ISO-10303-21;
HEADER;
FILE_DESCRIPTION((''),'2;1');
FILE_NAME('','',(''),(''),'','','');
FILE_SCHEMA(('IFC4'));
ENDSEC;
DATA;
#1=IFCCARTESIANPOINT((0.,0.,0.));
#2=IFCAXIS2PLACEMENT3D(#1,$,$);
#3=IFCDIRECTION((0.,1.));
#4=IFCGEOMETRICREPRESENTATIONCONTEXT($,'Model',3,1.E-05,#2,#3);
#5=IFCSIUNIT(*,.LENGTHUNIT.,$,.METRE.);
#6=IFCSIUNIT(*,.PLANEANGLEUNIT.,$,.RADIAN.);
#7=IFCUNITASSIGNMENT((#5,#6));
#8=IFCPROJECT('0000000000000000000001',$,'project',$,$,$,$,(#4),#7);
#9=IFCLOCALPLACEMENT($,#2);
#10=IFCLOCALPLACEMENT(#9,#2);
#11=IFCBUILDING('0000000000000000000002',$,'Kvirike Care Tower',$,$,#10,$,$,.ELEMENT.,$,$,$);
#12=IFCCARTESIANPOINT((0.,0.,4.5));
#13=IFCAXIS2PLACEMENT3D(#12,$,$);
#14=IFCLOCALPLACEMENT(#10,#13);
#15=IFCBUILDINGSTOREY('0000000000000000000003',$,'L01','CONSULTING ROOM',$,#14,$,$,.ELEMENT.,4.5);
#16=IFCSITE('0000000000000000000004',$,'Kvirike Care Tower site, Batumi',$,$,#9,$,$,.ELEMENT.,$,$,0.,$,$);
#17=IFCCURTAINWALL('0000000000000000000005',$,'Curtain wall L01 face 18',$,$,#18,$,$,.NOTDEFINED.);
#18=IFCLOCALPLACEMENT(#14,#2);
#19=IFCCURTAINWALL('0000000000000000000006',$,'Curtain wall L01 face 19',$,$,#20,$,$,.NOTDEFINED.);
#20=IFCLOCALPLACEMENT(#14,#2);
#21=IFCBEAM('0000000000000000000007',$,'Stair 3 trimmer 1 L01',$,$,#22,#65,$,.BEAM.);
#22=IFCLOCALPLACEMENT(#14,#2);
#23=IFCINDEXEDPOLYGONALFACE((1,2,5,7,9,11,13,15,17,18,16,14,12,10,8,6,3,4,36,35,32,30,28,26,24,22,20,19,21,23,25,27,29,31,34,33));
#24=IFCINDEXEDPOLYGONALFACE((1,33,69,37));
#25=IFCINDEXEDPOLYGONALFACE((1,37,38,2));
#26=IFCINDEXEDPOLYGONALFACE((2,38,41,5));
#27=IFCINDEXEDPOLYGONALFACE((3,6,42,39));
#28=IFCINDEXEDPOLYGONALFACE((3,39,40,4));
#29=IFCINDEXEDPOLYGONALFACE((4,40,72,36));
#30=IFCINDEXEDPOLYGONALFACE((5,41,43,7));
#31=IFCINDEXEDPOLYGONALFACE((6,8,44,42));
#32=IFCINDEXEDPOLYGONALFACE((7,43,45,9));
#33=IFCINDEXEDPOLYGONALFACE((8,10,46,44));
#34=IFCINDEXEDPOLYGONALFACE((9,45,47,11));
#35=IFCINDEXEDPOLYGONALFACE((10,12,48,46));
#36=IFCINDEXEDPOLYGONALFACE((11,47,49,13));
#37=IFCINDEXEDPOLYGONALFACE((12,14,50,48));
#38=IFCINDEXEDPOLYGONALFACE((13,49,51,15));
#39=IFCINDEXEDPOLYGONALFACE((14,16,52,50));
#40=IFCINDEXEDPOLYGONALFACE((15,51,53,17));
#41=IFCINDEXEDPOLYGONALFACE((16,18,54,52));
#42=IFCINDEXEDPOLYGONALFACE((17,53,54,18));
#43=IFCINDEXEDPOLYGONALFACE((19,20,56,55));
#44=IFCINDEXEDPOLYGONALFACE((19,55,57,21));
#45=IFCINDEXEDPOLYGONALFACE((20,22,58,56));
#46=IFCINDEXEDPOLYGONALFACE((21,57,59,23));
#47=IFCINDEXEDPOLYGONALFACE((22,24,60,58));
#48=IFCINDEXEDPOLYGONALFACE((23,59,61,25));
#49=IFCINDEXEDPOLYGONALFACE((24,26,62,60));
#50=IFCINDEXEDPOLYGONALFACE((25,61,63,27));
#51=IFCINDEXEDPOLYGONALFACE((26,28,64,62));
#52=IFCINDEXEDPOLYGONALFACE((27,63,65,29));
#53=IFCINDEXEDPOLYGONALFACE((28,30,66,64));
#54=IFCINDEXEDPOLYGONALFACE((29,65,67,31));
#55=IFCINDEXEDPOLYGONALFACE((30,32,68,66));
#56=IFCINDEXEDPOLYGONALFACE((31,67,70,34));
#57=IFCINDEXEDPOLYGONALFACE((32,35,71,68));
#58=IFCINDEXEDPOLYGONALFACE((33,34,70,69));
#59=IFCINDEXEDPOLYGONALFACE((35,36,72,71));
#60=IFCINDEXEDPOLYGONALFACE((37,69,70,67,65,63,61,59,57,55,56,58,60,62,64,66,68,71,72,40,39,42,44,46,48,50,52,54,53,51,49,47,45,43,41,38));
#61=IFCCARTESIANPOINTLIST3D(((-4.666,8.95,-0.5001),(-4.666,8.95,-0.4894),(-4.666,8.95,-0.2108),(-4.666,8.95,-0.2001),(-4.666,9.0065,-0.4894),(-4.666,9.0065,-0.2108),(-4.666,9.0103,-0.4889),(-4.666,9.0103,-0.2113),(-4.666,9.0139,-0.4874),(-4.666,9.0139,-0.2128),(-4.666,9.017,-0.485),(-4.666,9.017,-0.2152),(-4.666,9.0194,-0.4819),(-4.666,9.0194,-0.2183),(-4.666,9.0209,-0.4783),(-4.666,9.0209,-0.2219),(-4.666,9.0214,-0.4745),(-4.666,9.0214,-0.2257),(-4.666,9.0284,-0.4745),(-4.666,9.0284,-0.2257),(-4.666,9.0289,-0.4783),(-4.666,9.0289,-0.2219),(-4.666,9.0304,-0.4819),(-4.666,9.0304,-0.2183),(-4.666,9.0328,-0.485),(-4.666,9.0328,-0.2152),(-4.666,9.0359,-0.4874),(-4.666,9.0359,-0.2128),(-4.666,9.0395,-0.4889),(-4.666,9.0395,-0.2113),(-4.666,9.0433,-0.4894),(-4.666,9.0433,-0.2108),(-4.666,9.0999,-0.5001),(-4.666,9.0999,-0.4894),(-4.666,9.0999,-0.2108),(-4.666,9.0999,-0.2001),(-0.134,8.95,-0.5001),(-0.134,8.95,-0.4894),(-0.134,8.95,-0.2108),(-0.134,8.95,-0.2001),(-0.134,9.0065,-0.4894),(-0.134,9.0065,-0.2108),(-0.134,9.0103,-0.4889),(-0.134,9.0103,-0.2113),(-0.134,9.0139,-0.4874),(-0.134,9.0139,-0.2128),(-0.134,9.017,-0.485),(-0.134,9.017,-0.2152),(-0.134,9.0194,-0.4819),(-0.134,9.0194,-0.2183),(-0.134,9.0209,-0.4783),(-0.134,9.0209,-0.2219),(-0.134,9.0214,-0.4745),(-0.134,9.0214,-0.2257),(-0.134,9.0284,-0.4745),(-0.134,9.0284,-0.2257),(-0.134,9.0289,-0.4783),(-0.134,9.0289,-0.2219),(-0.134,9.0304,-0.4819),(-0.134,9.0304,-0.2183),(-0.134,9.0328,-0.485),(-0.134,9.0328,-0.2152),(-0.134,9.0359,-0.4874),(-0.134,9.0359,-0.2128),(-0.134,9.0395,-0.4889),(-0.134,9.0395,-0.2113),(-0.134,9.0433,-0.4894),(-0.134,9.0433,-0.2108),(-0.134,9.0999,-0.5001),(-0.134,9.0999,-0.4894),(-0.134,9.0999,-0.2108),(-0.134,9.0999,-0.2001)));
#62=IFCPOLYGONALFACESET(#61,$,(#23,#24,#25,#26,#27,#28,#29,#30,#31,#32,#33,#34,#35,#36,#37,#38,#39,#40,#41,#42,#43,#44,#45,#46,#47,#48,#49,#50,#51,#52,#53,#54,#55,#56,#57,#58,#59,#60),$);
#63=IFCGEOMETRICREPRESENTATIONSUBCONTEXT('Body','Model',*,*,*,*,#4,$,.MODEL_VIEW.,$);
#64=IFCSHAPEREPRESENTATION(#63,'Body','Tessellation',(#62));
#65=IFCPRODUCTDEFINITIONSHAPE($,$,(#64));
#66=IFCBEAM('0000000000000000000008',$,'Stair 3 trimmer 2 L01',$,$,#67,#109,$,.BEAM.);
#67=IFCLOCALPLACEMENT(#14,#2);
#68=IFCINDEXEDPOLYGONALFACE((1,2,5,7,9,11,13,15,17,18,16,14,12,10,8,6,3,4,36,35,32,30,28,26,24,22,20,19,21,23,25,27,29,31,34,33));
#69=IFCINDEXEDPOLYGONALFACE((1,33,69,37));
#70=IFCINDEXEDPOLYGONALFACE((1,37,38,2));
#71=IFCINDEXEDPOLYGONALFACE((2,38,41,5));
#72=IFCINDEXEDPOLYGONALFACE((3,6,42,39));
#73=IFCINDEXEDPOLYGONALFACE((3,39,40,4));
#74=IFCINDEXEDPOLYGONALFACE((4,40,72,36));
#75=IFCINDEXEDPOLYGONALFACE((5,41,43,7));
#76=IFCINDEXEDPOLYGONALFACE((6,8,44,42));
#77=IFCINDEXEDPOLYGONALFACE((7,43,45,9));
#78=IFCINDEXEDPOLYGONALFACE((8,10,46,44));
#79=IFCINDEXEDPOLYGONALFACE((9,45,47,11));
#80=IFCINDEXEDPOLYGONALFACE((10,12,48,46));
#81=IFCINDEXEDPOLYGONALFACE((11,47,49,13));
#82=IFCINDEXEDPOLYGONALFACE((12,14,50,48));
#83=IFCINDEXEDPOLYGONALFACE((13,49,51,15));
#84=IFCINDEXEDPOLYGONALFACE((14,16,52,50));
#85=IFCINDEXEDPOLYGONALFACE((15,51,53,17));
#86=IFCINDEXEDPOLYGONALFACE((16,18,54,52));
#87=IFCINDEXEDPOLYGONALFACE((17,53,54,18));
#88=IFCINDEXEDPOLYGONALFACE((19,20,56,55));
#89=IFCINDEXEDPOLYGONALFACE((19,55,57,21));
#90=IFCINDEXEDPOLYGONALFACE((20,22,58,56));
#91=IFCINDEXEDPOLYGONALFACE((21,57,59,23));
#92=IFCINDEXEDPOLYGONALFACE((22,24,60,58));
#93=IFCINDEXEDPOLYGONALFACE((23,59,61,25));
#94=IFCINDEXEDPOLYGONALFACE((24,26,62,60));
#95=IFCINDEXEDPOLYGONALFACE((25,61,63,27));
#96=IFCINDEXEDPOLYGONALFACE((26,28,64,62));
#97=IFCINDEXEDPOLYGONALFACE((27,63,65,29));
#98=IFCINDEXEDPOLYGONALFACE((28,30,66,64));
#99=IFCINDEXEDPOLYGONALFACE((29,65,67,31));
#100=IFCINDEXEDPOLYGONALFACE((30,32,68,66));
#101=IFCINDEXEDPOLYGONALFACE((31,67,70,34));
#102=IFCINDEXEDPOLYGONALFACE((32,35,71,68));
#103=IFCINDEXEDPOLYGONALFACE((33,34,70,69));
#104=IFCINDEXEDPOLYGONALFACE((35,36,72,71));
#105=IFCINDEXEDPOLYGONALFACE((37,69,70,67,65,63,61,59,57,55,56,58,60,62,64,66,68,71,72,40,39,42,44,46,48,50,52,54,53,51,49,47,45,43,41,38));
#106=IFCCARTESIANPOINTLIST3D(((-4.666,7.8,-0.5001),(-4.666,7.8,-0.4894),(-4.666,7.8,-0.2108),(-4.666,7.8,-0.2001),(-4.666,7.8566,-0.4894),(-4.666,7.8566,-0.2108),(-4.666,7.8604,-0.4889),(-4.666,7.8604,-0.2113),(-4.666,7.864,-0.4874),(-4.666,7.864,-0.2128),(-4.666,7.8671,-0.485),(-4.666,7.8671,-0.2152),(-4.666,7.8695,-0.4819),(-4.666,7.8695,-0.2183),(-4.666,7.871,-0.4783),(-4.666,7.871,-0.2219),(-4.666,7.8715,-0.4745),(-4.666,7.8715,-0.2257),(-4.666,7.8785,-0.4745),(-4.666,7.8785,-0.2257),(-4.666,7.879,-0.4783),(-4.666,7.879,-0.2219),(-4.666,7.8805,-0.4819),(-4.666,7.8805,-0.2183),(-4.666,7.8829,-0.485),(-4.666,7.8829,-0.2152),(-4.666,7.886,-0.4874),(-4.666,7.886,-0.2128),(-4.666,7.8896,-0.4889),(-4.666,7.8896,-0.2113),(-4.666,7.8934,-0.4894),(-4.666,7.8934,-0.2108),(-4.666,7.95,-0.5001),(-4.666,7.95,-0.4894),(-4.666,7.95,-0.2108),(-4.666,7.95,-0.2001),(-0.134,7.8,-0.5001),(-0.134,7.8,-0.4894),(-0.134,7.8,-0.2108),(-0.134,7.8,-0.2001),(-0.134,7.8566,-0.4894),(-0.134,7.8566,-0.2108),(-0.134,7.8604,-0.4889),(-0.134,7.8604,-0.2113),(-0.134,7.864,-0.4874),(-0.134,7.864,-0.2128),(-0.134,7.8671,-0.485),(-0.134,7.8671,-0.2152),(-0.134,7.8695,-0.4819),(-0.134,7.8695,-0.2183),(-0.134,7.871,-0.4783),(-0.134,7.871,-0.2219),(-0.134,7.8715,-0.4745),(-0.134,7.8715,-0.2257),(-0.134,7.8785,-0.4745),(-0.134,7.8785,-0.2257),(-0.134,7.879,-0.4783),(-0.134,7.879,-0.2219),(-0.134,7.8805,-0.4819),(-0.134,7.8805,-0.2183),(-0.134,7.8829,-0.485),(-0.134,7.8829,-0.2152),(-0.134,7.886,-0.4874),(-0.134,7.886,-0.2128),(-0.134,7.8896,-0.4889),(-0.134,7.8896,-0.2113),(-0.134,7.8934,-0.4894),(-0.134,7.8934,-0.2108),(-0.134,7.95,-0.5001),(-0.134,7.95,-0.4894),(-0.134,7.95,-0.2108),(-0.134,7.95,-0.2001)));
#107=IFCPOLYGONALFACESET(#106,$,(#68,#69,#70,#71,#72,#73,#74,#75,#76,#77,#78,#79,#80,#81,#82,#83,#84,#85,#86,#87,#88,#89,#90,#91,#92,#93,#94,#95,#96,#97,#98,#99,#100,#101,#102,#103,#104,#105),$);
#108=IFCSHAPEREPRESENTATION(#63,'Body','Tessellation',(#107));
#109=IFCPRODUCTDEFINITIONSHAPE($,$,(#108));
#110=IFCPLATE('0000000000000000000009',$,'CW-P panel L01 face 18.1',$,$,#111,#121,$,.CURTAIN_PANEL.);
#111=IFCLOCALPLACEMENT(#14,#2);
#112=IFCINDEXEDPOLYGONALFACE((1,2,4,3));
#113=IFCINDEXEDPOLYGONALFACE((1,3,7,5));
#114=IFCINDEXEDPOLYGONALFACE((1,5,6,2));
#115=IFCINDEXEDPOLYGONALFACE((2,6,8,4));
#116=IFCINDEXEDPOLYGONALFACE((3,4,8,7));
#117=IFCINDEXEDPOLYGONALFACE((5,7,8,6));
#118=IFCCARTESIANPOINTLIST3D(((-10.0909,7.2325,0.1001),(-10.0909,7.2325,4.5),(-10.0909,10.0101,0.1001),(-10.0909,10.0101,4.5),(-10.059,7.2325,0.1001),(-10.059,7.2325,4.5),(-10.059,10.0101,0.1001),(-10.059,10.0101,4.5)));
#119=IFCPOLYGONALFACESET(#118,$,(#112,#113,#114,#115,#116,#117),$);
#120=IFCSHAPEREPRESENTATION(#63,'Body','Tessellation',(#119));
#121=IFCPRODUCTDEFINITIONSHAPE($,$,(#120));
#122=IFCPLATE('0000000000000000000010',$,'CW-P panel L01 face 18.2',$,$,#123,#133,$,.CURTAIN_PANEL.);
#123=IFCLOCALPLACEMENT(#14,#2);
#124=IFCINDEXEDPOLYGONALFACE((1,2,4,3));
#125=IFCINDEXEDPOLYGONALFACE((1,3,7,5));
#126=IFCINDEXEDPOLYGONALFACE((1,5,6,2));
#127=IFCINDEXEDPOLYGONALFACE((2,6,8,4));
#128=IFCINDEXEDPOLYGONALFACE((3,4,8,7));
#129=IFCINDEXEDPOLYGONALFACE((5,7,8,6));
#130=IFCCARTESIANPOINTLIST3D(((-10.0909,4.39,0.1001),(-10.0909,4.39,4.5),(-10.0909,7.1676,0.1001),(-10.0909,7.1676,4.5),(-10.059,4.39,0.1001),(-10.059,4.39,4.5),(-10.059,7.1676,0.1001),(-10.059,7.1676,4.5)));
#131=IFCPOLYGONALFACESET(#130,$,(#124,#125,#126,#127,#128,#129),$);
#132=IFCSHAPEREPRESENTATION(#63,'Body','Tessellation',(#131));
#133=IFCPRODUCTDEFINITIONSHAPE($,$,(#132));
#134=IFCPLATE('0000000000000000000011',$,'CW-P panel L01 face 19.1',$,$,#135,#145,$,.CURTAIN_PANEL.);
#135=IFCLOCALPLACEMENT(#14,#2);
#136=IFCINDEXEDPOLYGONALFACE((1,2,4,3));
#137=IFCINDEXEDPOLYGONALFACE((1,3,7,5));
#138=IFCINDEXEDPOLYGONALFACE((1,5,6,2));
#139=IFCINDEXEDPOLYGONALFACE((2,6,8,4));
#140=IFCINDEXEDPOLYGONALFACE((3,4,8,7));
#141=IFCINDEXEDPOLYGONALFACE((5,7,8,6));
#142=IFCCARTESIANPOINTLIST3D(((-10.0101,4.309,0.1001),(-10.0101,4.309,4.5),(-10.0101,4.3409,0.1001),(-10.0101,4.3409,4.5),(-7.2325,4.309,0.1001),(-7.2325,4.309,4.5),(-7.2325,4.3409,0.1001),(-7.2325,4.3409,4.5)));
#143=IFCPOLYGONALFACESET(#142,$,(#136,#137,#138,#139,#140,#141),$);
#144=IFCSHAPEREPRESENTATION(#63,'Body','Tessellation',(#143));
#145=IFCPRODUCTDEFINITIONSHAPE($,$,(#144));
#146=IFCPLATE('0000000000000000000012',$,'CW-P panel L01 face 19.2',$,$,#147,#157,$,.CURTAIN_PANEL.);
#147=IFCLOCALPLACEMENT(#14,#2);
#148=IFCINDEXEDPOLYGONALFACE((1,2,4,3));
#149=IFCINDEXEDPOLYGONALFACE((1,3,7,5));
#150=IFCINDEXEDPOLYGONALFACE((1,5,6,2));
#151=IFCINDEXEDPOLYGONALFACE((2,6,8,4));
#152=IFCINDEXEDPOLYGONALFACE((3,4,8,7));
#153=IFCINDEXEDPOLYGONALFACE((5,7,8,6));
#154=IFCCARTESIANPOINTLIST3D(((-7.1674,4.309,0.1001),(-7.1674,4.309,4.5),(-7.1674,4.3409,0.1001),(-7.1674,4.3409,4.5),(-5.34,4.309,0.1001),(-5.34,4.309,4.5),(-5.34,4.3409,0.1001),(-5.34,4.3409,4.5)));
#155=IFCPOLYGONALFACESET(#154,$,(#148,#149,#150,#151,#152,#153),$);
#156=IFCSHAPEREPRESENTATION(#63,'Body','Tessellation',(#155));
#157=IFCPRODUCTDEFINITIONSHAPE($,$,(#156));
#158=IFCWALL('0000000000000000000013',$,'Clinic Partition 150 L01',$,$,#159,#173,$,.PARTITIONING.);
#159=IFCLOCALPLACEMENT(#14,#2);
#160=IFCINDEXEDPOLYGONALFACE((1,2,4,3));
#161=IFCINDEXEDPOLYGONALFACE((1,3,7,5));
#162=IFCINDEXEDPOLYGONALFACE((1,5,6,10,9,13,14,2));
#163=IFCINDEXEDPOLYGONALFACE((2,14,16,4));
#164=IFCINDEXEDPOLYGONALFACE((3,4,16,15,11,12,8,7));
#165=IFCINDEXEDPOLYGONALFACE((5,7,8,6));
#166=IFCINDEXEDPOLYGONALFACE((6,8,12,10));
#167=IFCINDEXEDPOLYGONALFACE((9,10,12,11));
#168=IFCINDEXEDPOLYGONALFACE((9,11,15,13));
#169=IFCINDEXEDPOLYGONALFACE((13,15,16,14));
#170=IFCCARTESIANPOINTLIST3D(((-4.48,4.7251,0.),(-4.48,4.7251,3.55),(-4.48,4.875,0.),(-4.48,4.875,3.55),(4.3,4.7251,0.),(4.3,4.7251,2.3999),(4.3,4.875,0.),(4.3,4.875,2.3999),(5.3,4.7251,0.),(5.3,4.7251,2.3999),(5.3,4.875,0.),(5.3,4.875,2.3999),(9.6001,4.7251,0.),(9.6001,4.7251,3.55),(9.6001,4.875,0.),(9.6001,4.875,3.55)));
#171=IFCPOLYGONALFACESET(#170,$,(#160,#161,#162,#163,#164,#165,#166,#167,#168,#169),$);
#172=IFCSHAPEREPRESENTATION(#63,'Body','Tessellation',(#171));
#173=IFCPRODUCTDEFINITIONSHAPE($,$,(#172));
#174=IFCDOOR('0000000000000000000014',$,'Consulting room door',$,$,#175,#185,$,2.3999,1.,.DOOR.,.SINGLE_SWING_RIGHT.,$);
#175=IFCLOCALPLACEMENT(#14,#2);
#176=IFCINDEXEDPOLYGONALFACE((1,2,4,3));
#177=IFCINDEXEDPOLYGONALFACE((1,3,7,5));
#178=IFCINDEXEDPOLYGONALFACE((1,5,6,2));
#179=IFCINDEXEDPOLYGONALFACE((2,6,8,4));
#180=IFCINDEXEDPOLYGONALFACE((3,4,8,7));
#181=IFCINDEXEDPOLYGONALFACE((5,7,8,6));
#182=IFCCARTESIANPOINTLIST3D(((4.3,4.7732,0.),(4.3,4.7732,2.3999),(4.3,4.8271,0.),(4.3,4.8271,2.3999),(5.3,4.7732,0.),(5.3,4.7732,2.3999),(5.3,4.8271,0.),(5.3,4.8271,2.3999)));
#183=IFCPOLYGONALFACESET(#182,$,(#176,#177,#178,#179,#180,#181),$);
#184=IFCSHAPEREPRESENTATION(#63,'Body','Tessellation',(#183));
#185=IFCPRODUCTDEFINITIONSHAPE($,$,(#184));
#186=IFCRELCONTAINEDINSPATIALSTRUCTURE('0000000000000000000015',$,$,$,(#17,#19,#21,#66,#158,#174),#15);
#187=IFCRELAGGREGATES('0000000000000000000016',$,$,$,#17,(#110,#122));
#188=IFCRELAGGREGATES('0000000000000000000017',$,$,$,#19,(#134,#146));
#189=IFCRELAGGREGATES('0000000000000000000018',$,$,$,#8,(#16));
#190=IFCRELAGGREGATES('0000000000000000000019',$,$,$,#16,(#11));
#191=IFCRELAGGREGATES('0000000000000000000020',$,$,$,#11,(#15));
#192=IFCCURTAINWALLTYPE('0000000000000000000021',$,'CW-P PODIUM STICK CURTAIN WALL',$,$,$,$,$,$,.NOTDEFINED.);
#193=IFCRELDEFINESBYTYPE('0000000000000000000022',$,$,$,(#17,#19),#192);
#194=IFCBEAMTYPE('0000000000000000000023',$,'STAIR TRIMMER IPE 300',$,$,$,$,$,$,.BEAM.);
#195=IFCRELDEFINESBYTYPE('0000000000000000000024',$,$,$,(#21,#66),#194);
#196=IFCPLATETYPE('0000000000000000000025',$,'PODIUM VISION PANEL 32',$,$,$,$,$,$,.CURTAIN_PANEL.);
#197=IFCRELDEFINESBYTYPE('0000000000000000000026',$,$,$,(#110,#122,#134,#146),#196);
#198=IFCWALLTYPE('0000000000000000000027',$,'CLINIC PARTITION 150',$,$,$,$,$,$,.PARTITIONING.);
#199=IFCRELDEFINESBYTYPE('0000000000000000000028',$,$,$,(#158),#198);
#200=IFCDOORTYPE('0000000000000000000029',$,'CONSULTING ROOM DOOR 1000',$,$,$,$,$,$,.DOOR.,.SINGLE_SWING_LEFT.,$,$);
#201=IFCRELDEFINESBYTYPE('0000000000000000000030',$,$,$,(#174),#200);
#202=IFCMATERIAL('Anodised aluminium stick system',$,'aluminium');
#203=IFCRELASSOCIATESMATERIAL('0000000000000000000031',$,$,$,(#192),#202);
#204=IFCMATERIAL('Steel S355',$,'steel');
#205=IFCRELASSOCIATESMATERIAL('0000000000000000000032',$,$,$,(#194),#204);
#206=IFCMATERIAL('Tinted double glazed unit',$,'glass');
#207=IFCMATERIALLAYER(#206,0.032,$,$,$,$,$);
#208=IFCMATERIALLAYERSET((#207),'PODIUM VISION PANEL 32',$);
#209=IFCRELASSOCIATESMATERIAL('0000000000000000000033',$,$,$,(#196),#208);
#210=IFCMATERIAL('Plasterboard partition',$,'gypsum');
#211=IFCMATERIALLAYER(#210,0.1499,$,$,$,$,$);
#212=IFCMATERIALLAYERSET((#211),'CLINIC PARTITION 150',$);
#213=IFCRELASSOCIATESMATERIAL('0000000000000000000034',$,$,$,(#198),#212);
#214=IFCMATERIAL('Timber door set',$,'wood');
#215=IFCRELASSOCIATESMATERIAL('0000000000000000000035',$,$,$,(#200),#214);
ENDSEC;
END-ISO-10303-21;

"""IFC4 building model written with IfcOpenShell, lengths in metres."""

from ifc_helpers import new_model, si_unit, direction, frame, frame_2d, origin, origin_2d, place, context, subcontext, project, spatial, rectangle, i_section, extrude, material, layer, layer_set, material_profile, profile_set, type_object, element, fill, aggregate, save


model = new_model("IFC4")

# Units and contexts
model_context = context("Model", 3, precision=1e-05, world=origin(), true_north=direction((0.0, 1.0)))
body_context = subcontext(model_context, "Body", "Model", "MODEL_VIEW")
ifc_project = project(units=[si_unit("LENGTHUNIT", "METRE"), si_unit("PLANEANGLEUNIT", "RADIAN")], contexts=[model_context])

# Site, building, storey
site_placement = place(None, origin())
site = spatial("IfcSite", under=ifc_project, at=site_placement, Name="Kvirike Care Tower site, Batumi", CompositionType="ELEMENT", RefElevation=0.0)
building_placement = place(site_placement, origin())
building = spatial("IfcBuilding", under=site, at=building_placement, Name="Kvirike Care Tower", CompositionType="ELEMENT")
storey_placement = place(building_placement, frame((0.0, 0.0, 4.5)))
storey = spatial("IfcBuildingStorey", under=building, at=storey_placement, Name="L01", Description="CONSULTING ROOM", CompositionType="ELEMENT", Elevation=4.5)

# Curtain walls
ifc_material_1 = material(Name="Anodised aluminium stick system", Category="aluminium")
curtain_wall_type = type_object("IfcCurtainWallType", Name="CW-P PODIUM STICK CURTAIN WALL", PredefinedType="NOTDEFINED", material=ifc_material_1)
curtain_wall_1_placement = place(storey_placement, origin())
curtain_wall_1 = element("IfcCurtainWall", 1, at=curtain_wall_1_placement, inside=storey, type_object=curtain_wall_type, Name="Curtain wall L01 face 18", PredefinedType="NOTDEFINED")
curtain_wall_2_placement = place(storey_placement, origin())
curtain_wall_2 = element("IfcCurtainWall", 2, at=curtain_wall_2_placement, inside=storey, type_object=curtain_wall_type, Name="Curtain wall L01 face 19", PredefinedType="NOTDEFINED")

# Beams
ifc_material_2 = material(Name="Steel S355", Category="steel")
ifc_material_profile_1 = material_profile(ifc_material_2, i_section(OverallWidth=0.1499, OverallDepth=0.3, WebThickness=0.0071, FlangeThickness=0.0107, FilletRadius=0.0149, at=origin_2d()), Name="IPE 300")
ifc_profile_set_1 = profile_set([ifc_material_profile_1], Name="Steel S355")
beam_type_1 = type_object("IfcBeamType", Name="STAIR TRIMMER IPE 300", PredefinedType="BEAM", material=ifc_profile_set_1)
for number, where, z_axis, x_axis, name in (
    (3, (-4.666, 9.0249, -0.3501), (1.0, 0.0, 0.0), (0.0, 1.0, 0.0), "Stair 3 trimmer 1 L01"),
    (4, (-4.666, 7.875, -0.3501), (1.0, 0.0, 0.0), (0.0, 1.0, 0.0), "Stair 3 trimmer 2 L01"),
):
    element("IfcBeam", number, at=place(storey_placement, frame(where, z_axis=z_axis, x_axis=x_axis)), inside=storey, type_object=beam_type_1, Name=name, PredefinedType="BEAM", context=body_context, shape_type="SweptSolid", body=[
        extrude(i_section(OverallWidth=0.1499, OverallDepth=0.3, WebThickness=0.0071, FlangeThickness=0.0107, FilletRadius=0.0149, at=origin_2d()), origin(), (0.0, 0.0, 1.0), 4.532),
    ])

# Plates
ifc_material_3 = material(Name="Tinted double glazed unit", Category="glass")
ifc_layer_1 = layer(ifc_material_3, 0.032)
ifc_layer_set_1 = layer_set([ifc_layer_1], Name="PODIUM VISION PANEL 32")
plate_type = type_object("IfcPlateType", Name="PODIUM VISION PANEL 32", PredefinedType="CURTAIN_PANEL", material=ifc_layer_set_1)
plate_1_placement = place(storey_placement, frame((-10.075, 8.6213, 0.1001), z_axis=(0.0, 0.0, 1.0), x_axis=(0.0, -1.0, 0.0)))
plate_1 = element("IfcPlate", 5, at=plate_1_placement, type_object=plate_type, Name="CW-P panel L01 face 18.1", PredefinedType="CURTAIN_PANEL", context=body_context, shape_type="SweptSolid", body=[
    extrude(rectangle(XDim=2.7776, YDim=0.032, at=origin_2d()), origin(), (0.0, 0.0, 1.0), 4.3999),
])
plate_2_placement = place(storey_placement, frame((-10.075, 5.7788, 0.1001), z_axis=(0.0, 0.0, 1.0), x_axis=(0.0, -1.0, 0.0)))
plate_2 = element("IfcPlate", 6, at=plate_2_placement, type_object=plate_type, Name="CW-P panel L01 face 18.2", PredefinedType="CURTAIN_PANEL", context=body_context, shape_type="SweptSolid", body=[
    extrude(rectangle(XDim=2.7776, YDim=0.032, at=origin_2d()), origin(), (0.0, 0.0, 1.0), 4.3999),
])
aggregate(curtain_wall_1, [plate_1, plate_2])
plate_3_placement = place(storey_placement, frame((-8.6213, 4.325, 0.1001), z_axis=(0.0, 0.0, 1.0), x_axis=(1.0, 0.0, 0.0)))
plate_3 = element("IfcPlate", 7, at=plate_3_placement, type_object=plate_type, Name="CW-P panel L01 face 19.1", PredefinedType="CURTAIN_PANEL", context=body_context, shape_type="SweptSolid", body=[
    extrude(rectangle(XDim=2.7776, YDim=0.032, at=origin_2d()), origin(), (0.0, 0.0, 1.0), 4.3999),
])
plate_4_placement = place(storey_placement, frame((-6.2537, 4.325, 0.1001), z_axis=(0.0, 0.0, 1.0), x_axis=(1.0, 0.0, 0.0)))
plate_4 = element("IfcPlate", 8, at=plate_4_placement, type_object=plate_type, Name="CW-P panel L01 face 19.2", PredefinedType="CURTAIN_PANEL", context=body_context, shape_type="SweptSolid", body=[
    extrude(rectangle(XDim=1.8274, YDim=0.032, at=origin_2d()), origin(), (0.0, 0.0, 1.0), 4.3999),
])
aggregate(curtain_wall_2, [plate_3, plate_4])

# Wall, opening, door
ifc_material_4 = material(Name="Plasterboard partition", Category="gypsum")
ifc_layer_2 = layer(ifc_material_4, 0.1499)
ifc_layer_set_2 = layer_set([ifc_layer_2], Name="CLINIC PARTITION 150")
wall_type_1 = type_object("IfcWallType", Name="CLINIC PARTITION 150", PredefinedType="PARTITIONING", material=ifc_layer_set_2)
wall_1_placement = place(storey_placement, frame((-4.48, 4.8, 0.0), z_axis=(0.0, 0.0, 1.0), x_axis=(1.0, 0.0, 0.0)))
wall_1 = element("IfcWall", 9, at=wall_1_placement, inside=storey, type_object=wall_type_1, Name="Clinic Partition 150 L01", PredefinedType="PARTITIONING", context=body_context, shape_type="SweptSolid", body=[
    extrude(rectangle(XDim=14.0801, YDim=0.1499, at=frame_2d((7.04, 0.0))), origin(), (0.0, 0.0, 1.0), 3.55),
])
opening_1_placement = place(wall_1_placement, frame((8.78, 0.0, 0.0)))
opening_1 = element("IfcOpeningElement", 10, at=opening_1_placement, cuts=wall_1, PredefinedType="OPENING", context=body_context, shape_type="SweptSolid", body=[
    extrude(rectangle(XDim=1.0, YDim=2.3999, at=frame_2d((0.5, 1.2))), frame((0.0, 0.0854, 0.0), z_axis=(0.0, -1.0, 0.0), x_axis=(1.0, 0.0, 0.0)), (0.0, 0.0, 1.0), 0.1709),
])
ifc_material_5 = material(Name="Timber door set", Category="wood")
door_type_1 = type_object("IfcDoorType", Name="CONSULTING ROOM DOOR 1000", OperationType="SINGLE_SWING_LEFT", PredefinedType="DOOR", material=ifc_material_5)
door_1_placement = place(opening_1_placement, frame((1.0, 0.0, 0.0), z_axis=(0.0, 0.0, 1.0), x_axis=(-1.0, 0.0, 0.0)))
door_1 = element("IfcDoor", 11, at=door_1_placement, inside=storey, type_object=door_type_1, Name="Consulting room door", OperationType="SINGLE_SWING_RIGHT", OverallHeight=2.3999, OverallWidth=1.0, PredefinedType="DOOR", context=body_context, shape_type="SweptSolid", body=[
    extrude(rectangle(XDim=1.0, YDim=2.3999, at=frame_2d((0.5, 1.2))), frame((0.0, 0.0269, 0.0), z_axis=(0.0, -1.0, 0.0), x_axis=(1.0, 0.0, 0.0)), (0.0, 0.0, 1.0), 0.054),
])
fill(opening_1, door_1)

save(model, "model.ifc")
